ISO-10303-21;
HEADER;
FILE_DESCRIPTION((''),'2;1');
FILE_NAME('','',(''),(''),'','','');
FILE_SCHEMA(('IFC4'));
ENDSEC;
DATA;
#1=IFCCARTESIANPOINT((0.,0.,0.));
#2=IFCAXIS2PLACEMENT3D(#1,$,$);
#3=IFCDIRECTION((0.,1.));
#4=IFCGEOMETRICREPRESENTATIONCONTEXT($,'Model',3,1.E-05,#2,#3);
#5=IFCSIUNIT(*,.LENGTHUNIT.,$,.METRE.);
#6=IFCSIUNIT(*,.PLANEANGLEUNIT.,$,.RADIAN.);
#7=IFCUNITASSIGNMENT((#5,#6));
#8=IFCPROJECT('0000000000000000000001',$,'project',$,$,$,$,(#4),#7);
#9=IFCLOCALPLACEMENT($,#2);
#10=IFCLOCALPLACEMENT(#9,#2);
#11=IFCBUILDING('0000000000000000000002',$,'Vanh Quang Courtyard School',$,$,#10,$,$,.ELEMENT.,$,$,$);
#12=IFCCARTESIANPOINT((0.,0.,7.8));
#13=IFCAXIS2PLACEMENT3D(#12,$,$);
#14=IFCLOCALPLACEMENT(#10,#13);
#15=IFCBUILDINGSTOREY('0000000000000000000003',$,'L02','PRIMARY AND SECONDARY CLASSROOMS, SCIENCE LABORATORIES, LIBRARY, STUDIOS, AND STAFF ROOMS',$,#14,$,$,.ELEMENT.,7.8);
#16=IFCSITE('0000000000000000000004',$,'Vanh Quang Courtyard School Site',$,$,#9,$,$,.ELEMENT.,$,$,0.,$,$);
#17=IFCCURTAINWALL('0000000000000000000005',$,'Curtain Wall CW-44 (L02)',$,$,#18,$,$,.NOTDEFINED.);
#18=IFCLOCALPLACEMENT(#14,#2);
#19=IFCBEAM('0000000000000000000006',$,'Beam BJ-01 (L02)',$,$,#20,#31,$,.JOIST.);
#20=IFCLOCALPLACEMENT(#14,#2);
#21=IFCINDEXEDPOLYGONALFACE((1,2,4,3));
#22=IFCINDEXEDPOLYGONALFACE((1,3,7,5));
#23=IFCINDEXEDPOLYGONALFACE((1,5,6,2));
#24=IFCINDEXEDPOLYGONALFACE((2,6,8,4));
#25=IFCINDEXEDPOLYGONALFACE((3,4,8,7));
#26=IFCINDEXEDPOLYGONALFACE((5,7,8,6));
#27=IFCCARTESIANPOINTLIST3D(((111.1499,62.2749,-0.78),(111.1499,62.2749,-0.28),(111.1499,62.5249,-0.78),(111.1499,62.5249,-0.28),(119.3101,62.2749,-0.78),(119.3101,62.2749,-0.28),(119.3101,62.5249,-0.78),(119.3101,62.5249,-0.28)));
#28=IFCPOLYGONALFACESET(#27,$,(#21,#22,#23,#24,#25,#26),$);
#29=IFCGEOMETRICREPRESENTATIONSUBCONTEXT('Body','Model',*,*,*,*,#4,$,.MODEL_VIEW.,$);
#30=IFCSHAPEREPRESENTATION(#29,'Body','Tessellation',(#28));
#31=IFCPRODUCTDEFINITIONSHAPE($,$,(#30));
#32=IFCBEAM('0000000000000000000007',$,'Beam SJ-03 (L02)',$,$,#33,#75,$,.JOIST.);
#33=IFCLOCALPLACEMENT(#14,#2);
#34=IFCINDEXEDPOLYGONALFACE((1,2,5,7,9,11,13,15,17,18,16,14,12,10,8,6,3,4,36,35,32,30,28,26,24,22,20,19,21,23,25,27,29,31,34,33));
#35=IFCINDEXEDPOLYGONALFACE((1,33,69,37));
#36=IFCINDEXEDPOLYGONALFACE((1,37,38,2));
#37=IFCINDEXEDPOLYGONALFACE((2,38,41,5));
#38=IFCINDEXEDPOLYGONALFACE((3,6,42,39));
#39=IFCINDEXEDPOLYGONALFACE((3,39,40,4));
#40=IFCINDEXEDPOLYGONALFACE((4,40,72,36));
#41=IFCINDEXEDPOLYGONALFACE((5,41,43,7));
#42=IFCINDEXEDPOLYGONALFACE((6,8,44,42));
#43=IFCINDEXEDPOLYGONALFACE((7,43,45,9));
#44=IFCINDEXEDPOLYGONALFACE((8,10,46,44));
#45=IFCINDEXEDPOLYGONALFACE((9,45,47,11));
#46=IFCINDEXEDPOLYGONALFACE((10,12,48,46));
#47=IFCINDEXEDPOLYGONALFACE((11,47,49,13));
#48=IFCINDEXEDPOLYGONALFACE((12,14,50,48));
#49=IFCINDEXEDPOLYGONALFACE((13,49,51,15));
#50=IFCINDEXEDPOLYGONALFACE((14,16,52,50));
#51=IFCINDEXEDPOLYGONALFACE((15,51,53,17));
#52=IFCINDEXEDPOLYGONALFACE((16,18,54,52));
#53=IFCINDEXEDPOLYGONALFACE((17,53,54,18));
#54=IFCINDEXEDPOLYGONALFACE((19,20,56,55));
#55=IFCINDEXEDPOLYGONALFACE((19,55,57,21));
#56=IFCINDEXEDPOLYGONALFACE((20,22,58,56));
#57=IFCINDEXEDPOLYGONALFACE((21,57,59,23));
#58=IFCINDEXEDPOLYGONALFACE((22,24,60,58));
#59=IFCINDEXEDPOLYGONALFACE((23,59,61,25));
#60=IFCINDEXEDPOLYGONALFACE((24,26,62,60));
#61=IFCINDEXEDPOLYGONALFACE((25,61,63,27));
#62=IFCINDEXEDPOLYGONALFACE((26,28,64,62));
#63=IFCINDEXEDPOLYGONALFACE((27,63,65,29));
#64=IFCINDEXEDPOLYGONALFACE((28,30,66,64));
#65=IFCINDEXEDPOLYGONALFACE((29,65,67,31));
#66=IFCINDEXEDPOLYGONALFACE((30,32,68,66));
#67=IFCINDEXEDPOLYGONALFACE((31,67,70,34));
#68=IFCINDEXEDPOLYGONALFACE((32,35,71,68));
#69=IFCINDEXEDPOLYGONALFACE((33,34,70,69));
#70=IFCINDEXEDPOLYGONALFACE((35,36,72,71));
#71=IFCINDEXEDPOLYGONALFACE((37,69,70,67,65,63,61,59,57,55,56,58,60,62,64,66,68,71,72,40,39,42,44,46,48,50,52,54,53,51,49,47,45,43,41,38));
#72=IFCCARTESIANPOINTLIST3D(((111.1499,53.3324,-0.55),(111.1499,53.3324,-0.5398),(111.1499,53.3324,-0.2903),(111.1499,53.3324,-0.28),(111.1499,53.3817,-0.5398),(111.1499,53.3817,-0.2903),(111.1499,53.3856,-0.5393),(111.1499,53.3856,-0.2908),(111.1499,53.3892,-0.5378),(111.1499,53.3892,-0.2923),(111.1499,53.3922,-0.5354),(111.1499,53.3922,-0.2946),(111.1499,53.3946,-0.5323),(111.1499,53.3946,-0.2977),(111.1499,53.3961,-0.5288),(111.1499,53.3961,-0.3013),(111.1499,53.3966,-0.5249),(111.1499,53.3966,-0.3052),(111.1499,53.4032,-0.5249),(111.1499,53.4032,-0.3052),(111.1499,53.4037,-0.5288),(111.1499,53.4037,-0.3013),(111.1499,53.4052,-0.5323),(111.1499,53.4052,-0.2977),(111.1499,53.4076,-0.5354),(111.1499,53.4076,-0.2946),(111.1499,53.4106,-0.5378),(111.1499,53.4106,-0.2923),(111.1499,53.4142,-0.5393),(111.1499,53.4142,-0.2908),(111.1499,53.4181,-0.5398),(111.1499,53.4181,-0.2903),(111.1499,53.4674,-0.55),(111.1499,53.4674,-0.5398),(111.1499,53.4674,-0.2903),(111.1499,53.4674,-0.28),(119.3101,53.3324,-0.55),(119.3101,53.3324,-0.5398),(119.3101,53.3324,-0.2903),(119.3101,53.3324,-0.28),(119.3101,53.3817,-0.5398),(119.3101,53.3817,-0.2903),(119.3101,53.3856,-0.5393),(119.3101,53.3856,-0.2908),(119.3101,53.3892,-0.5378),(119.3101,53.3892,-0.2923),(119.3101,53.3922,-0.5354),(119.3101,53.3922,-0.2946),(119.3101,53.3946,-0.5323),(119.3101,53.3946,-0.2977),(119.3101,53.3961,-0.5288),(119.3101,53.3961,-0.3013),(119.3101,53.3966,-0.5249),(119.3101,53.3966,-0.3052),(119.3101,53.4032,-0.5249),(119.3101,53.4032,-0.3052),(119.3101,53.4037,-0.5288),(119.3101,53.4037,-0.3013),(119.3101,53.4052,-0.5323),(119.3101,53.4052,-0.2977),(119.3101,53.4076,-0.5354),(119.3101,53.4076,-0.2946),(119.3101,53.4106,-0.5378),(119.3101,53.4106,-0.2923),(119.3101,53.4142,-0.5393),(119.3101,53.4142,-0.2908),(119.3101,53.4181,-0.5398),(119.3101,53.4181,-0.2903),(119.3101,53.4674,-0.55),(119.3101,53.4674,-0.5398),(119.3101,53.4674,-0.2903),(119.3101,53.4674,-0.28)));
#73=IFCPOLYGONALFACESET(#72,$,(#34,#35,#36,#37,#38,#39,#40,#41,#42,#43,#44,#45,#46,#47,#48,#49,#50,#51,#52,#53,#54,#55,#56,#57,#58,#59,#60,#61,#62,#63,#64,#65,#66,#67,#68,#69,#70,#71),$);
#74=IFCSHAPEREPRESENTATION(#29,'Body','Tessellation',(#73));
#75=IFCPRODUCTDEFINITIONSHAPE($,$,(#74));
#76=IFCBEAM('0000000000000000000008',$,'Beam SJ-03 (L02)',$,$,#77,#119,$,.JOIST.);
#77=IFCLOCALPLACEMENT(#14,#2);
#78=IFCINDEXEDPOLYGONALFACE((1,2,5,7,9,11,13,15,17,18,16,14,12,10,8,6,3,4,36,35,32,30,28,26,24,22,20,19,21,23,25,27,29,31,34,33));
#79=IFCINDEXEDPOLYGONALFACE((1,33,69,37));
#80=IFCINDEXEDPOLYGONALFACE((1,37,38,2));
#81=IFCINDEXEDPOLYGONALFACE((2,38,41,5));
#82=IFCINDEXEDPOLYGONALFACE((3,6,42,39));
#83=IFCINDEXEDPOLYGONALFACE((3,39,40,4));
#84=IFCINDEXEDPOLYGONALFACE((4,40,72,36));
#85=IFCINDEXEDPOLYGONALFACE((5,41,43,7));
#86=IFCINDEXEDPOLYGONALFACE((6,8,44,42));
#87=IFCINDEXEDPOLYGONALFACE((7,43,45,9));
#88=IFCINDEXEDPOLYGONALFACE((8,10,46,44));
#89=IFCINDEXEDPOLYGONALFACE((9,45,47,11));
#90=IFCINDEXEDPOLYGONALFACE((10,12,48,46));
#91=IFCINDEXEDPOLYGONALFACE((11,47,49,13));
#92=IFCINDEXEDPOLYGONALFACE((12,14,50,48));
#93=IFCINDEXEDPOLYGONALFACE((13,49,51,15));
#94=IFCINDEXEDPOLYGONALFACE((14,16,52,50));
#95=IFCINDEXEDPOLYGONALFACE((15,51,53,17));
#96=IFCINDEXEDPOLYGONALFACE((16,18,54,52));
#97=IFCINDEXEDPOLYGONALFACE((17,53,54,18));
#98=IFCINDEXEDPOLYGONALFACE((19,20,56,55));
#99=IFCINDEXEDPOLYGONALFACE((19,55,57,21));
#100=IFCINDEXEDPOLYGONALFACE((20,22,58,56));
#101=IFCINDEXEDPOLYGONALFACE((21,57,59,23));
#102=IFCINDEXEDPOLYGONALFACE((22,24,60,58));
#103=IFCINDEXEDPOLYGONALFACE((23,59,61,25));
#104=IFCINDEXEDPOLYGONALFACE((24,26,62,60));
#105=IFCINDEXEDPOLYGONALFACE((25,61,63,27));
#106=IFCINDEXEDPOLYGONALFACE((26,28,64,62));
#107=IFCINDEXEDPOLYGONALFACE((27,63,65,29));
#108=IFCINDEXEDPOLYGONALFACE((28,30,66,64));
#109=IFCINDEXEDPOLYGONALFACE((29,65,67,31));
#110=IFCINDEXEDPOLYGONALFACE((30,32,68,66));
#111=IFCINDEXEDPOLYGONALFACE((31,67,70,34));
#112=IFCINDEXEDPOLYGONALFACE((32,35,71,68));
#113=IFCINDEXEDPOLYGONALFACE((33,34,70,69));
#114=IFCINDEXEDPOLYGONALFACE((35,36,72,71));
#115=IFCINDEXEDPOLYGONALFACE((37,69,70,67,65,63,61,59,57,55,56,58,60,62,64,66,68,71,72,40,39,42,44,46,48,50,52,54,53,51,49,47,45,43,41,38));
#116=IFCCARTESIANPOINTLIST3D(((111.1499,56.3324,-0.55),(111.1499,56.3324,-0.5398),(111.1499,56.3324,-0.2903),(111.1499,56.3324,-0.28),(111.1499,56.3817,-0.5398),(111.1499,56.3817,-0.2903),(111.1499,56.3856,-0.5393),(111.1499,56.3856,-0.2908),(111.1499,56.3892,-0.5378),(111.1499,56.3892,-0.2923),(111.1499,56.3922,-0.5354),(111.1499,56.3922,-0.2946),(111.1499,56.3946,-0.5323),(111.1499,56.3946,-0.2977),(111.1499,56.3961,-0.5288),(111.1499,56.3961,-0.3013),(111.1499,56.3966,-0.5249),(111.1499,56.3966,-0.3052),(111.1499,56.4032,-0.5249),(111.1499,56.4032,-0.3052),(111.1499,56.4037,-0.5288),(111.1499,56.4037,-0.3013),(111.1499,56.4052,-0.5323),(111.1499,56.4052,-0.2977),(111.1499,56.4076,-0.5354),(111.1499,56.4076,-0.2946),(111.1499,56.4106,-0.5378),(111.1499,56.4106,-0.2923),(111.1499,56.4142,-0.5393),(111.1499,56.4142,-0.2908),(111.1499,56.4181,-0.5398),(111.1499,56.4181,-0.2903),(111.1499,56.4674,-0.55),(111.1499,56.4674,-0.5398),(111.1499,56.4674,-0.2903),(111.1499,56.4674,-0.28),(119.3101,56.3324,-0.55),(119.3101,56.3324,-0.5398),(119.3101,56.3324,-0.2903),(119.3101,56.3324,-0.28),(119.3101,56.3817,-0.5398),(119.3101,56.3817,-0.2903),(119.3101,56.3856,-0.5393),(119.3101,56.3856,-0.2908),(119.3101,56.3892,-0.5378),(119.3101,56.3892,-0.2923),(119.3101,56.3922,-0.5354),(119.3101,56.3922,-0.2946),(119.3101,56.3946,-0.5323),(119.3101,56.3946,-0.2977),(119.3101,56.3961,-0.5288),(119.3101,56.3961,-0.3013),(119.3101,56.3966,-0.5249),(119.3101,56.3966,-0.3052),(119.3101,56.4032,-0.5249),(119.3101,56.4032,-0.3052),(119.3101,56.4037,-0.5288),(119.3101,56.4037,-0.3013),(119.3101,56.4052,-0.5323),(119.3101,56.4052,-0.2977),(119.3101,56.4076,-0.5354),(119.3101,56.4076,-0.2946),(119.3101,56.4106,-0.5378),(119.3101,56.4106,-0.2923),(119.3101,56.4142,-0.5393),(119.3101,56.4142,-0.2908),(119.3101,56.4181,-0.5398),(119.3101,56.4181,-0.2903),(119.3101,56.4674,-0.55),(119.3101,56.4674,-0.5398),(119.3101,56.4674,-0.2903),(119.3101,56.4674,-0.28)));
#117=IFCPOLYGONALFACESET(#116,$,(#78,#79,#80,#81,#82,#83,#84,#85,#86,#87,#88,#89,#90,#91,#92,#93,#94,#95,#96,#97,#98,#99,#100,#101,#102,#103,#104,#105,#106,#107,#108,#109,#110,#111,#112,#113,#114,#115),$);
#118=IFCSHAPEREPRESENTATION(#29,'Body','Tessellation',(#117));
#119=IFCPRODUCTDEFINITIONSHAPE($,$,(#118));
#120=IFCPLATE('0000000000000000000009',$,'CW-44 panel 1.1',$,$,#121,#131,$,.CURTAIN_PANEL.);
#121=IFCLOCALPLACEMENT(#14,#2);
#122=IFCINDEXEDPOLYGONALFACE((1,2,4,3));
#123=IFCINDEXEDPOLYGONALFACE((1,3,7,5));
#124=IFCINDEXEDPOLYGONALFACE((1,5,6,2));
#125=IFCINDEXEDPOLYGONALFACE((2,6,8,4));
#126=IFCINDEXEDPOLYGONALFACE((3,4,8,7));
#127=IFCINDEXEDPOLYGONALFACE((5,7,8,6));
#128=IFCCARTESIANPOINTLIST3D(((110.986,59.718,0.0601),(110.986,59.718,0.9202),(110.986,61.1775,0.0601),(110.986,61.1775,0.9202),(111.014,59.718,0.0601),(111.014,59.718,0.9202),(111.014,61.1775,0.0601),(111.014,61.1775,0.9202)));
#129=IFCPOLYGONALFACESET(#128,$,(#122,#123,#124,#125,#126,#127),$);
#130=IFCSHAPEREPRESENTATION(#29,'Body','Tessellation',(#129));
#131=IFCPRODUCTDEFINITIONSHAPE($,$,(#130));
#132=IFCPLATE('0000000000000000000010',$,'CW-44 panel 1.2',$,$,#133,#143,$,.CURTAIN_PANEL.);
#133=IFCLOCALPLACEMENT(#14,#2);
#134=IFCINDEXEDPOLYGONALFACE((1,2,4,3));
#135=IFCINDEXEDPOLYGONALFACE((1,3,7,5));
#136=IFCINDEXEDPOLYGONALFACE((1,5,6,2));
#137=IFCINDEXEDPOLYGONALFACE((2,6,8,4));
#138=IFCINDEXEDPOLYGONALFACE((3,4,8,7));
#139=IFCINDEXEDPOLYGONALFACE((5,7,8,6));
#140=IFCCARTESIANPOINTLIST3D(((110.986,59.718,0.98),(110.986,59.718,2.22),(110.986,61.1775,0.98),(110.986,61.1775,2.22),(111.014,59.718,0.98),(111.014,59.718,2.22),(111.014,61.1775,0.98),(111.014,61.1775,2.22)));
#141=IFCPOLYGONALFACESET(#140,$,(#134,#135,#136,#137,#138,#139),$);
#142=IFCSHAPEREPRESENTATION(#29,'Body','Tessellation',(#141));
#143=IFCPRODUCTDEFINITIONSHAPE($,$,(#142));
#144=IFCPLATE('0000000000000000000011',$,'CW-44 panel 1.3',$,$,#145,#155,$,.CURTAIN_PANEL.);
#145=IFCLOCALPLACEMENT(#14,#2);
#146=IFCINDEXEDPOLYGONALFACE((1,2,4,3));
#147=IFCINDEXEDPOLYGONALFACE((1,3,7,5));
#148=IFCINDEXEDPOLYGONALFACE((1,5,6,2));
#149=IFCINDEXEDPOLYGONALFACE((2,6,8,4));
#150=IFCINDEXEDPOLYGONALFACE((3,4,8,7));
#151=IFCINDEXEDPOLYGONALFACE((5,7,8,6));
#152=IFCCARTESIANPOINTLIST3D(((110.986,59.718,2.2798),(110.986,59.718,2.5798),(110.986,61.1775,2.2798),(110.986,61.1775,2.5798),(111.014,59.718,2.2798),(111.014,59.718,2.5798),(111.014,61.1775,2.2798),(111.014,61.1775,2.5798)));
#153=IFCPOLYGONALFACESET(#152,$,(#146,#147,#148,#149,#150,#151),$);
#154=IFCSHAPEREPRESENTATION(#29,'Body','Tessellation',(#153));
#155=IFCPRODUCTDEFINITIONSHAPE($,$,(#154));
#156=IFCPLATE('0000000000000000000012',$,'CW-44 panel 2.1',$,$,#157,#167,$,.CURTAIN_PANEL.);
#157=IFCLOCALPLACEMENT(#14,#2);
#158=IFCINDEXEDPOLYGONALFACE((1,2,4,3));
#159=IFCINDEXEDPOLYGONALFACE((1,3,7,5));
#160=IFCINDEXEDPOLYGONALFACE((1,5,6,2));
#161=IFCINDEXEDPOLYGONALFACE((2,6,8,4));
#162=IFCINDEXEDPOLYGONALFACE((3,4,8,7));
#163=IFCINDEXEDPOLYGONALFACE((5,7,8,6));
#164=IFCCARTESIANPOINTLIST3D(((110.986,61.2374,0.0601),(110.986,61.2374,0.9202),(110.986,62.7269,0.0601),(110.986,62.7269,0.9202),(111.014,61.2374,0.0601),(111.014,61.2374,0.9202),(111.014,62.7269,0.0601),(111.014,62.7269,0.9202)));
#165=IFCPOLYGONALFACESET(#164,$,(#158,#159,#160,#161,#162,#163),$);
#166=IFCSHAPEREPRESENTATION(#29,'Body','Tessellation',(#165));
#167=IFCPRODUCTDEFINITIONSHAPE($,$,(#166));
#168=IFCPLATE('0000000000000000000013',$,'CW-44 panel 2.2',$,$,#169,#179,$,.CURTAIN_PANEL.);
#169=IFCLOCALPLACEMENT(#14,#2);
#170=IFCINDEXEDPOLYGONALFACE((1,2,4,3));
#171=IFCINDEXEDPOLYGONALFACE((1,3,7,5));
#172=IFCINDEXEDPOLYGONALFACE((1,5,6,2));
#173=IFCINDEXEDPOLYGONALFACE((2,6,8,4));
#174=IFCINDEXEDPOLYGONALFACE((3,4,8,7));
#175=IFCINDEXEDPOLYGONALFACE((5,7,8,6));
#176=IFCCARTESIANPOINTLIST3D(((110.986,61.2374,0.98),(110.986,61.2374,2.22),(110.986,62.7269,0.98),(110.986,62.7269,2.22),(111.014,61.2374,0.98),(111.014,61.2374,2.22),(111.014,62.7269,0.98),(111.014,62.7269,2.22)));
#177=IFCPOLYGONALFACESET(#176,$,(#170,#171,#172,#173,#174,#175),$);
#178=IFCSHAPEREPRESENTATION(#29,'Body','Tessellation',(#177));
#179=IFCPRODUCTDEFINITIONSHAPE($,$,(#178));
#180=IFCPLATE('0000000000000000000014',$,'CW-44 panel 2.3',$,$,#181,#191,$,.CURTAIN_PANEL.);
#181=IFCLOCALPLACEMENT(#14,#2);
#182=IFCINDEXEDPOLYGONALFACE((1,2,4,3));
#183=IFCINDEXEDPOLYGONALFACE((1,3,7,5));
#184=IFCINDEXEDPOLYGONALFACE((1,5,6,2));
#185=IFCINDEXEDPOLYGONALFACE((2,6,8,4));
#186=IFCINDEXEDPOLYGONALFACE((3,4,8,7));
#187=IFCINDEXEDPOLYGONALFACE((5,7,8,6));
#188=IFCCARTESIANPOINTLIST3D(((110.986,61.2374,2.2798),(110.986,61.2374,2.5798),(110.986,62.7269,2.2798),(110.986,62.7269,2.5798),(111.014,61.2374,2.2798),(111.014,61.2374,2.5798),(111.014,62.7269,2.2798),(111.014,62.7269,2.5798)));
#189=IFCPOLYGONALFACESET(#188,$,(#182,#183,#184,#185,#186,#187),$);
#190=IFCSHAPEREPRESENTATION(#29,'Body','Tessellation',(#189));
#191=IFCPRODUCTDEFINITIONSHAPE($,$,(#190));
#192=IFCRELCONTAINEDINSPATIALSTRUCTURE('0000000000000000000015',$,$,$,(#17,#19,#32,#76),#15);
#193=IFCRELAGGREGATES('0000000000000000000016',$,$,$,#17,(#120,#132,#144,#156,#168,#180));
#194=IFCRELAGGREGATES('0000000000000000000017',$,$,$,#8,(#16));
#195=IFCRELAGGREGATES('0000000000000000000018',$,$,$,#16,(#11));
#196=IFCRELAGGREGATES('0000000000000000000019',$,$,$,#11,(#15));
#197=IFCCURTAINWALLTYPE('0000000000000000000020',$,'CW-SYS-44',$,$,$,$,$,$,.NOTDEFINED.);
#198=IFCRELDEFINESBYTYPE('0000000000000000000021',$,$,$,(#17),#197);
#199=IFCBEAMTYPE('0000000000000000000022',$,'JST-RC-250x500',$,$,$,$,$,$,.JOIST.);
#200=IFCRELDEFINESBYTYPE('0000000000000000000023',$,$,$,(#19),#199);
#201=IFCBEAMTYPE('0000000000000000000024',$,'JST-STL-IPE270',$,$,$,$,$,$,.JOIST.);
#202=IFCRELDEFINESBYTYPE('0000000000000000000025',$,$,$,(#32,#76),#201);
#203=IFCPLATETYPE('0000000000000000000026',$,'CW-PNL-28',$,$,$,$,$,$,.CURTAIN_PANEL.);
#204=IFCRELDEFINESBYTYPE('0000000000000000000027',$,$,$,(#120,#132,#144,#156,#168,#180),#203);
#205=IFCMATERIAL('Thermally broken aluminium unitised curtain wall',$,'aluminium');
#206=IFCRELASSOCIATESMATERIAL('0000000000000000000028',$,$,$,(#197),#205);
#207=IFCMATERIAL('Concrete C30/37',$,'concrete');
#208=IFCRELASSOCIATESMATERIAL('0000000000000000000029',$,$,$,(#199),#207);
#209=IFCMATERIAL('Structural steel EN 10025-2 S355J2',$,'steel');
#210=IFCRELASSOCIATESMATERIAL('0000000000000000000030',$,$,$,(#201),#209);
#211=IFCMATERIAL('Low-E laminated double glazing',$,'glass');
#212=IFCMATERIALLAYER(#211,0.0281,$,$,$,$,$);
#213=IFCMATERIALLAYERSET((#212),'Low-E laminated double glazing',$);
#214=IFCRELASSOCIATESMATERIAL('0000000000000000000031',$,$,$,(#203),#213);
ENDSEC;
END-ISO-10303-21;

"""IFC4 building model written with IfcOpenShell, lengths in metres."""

from ifc_helpers import new_model, si_unit, direction, frame, origin, origin_2d, place, context, subcontext, project, spatial, rectangle, i_section, extrude, material, layer, layer_set, material_profile, profile_set, type_object, element, aggregate, save


model = new_model("IFC4")

# Units and contexts
model_context = context("Model", 3, precision=1e-05, world=origin(), true_north=direction((0.0, 1.0)))
body_context = subcontext(model_context, "Body", "Model", "MODEL_VIEW")
ifc_project = project(units=[si_unit("LENGTHUNIT", "METRE"), si_unit("PLANEANGLEUNIT", "RADIAN")], contexts=[model_context])

# Site, building, storey
site_placement = place(None, origin())
site = spatial("IfcSite", under=ifc_project, at=site_placement, Name="Vanh Quang Courtyard School Site", CompositionType="ELEMENT", RefElevation=0.0)
building_placement = place(site_placement, origin())
building = spatial("IfcBuilding", under=site, at=building_placement, Name="Vanh Quang Courtyard School", CompositionType="ELEMENT")
storey_placement = place(building_placement, frame((0.0, 0.0, 7.8)))
storey = spatial("IfcBuildingStorey", under=building, at=storey_placement, Name="L02", Description="PRIMARY AND SECONDARY CLASSROOMS, SCIENCE LABORATORIES, LIBRARY, STUDIOS, AND STAFF ROOMS", CompositionType="ELEMENT", Elevation=7.8)

# Curtain wall
ifc_material_1 = material(Name="Thermally broken aluminium unitised curtain wall", Category="aluminium")
curtain_wall_type = type_object("IfcCurtainWallType", Name="CW-SYS-44", PredefinedType="NOTDEFINED", material=ifc_material_1)
curtain_wall_placement = place(storey_placement, origin())
curtain_wall = element("IfcCurtainWall", 1, at=curtain_wall_placement, inside=storey, type_object=curtain_wall_type, Name="Curtain Wall CW-44 (L02)", PredefinedType="NOTDEFINED")

# Beams
ifc_material_2 = material(Name="Concrete C30/37", Category="concrete")
ifc_material_profile_1 = material_profile(ifc_material_2, rectangle(XDim=0.25, YDim=0.5, at=origin_2d()), Name="RC-JST 250x500")
ifc_profile_set_1 = profile_set([ifc_material_profile_1], Name="Concrete C30/37")
beam_type_1 = type_object("IfcBeamType", Name="JST-RC-250x500", PredefinedType="JOIST", material=ifc_profile_set_1)
beam_1_placement = place(storey_placement, frame((111.1499, 62.3999, -0.53), z_axis=(1.0, 0.0, 0.0), x_axis=(0.0, 1.0, 0.0)))
element("IfcBeam", 2, at=beam_1_placement, inside=storey, type_object=beam_type_1, Name="Beam BJ-01 (L02)", PredefinedType="JOIST", context=body_context, shape_type="SweptSolid", body=[
    extrude(rectangle(XDim=0.25, YDim=0.5, at=origin_2d()), origin(), (0.0, 0.0, 1.0), 8.1602),
])
ifc_material_3 = material(Name="Structural steel EN 10025-2 S355J2", Category="steel")
ifc_material_profile_2 = material_profile(ifc_material_3, i_section(OverallWidth=0.135, OverallDepth=0.27, WebThickness=0.0066, FlangeThickness=0.0103, FilletRadius=0.0149, at=origin_2d()), Name="IPE 270")
ifc_profile_set_2 = profile_set([ifc_material_profile_2], Name="Structural steel EN 10025-2 S355J2")
beam_type_2 = type_object("IfcBeamType", Name="JST-STL-IPE270", PredefinedType="JOIST", material=ifc_profile_set_2)
for number, where, z_axis, x_axis, name in (
    (3, (111.1499, 53.3999, -0.415), (1.0, 0.0, 0.0), (0.0, 1.0, 0.0), "Beam SJ-03 (L02)"),
    (4, (111.1499, 56.3999, -0.415), (1.0, 0.0, 0.0), (0.0, 1.0, 0.0), "Beam SJ-03 (L02)"),
):
    element("IfcBeam", number, at=place(storey_placement, frame(where, z_axis=z_axis, x_axis=x_axis)), inside=storey, type_object=beam_type_2, Name=name, PredefinedType="JOIST", context=body_context, shape_type="SweptSolid", body=[
        extrude(i_section(OverallWidth=0.135, OverallDepth=0.27, WebThickness=0.0066, FlangeThickness=0.0103, FilletRadius=0.0149, at=origin_2d()), origin(), (0.0, 0.0, 1.0), 8.1602),
    ])

# Plates
ifc_material_4 = material(Name="Low-E laminated double glazing", Category="glass")
ifc_layer_1 = layer(ifc_material_4, 0.0281)
ifc_layer_set_1 = layer_set([ifc_layer_1], Name="Low-E laminated double glazing")
plate_type = type_object("IfcPlateType", Name="CW-PNL-28", PredefinedType="CURTAIN_PANEL", material=ifc_layer_set_1)
plate_1_placement = place(storey_placement, frame((111.0, 60.4478, 0.0601), z_axis=(0.0, 0.0, 1.0), x_axis=(0.0, 1.0, 0.0)))
plate_1 = element("IfcPlate", 5, at=plate_1_placement, type_object=plate_type, Name="CW-44 panel 1.1", PredefinedType="CURTAIN_PANEL", context=body_context, shape_type="SweptSolid", body=[
    extrude(rectangle(XDim=1.4595, YDim=0.0281, at=origin_2d()), origin(), (0.0, 0.0, 1.0), 0.8601),
])
plate_2_placement = place(storey_placement, frame((111.0, 60.4478, 0.98), z_axis=(0.0, 0.0, 1.0), x_axis=(0.0, 1.0, 0.0)))
plate_2 = element("IfcPlate", 6, at=plate_2_placement, type_object=plate_type, Name="CW-44 panel 1.2", PredefinedType="CURTAIN_PANEL", context=body_context, shape_type="SweptSolid", body=[
    extrude(rectangle(XDim=1.4595, YDim=0.0281, at=origin_2d()), origin(), (0.0, 0.0, 1.0), 1.24),
])
plate_3_placement = place(storey_placement, frame((111.0, 60.4478, 2.2798), z_axis=(0.0, 0.0, 1.0), x_axis=(0.0, 1.0, 0.0)))
plate_3 = element("IfcPlate", 7, at=plate_3_placement, type_object=plate_type, Name="CW-44 panel 1.3", PredefinedType="CURTAIN_PANEL", context=body_context, shape_type="SweptSolid", body=[
    extrude(rectangle(XDim=1.4595, YDim=0.0281, at=origin_2d()), origin(), (0.0, 0.0, 1.0), 0.3),
])
plate_4_placement = place(storey_placement, frame((111.0, 61.9822, 0.0601), z_axis=(0.0, 0.0, 1.0), x_axis=(0.0, 1.0, 0.0)))
plate_4 = element("IfcPlate", 8, at=plate_4_placement, type_object=plate_type, Name="CW-44 panel 2.1", PredefinedType="CURTAIN_PANEL", context=body_context, shape_type="SweptSolid", body=[
    extrude(rectangle(XDim=1.4895, YDim=0.0281, at=origin_2d()), origin(), (0.0, 0.0, 1.0), 0.8601),
])
plate_5_placement = place(storey_placement, frame((111.0, 61.9822, 0.98), z_axis=(0.0, 0.0, 1.0), x_axis=(0.0, 1.0, 0.0)))
plate_5 = element("IfcPlate", 9, at=plate_5_placement, type_object=plate_type, Name="CW-44 panel 2.2", PredefinedType="CURTAIN_PANEL", context=body_context, shape_type="SweptSolid", body=[
    extrude(rectangle(XDim=1.4895, YDim=0.0281, at=origin_2d()), origin(), (0.0, 0.0, 1.0), 1.24),
])
plate_6_placement = place(storey_placement, frame((111.0, 61.9822, 2.2798), z_axis=(0.0, 0.0, 1.0), x_axis=(0.0, 1.0, 0.0)))
plate_6 = element("IfcPlate", 10, at=plate_6_placement, type_object=plate_type, Name="CW-44 panel 2.3", PredefinedType="CURTAIN_PANEL", context=body_context, shape_type="SweptSolid", body=[
    extrude(rectangle(XDim=1.4895, YDim=0.0281, at=origin_2d()), origin(), (0.0, 0.0, 1.0), 0.3),
])
aggregate(curtain_wall, [plate_1, plate_2, plate_3, plate_4, plate_5, plate_6])

save(model, "model.ifc")
